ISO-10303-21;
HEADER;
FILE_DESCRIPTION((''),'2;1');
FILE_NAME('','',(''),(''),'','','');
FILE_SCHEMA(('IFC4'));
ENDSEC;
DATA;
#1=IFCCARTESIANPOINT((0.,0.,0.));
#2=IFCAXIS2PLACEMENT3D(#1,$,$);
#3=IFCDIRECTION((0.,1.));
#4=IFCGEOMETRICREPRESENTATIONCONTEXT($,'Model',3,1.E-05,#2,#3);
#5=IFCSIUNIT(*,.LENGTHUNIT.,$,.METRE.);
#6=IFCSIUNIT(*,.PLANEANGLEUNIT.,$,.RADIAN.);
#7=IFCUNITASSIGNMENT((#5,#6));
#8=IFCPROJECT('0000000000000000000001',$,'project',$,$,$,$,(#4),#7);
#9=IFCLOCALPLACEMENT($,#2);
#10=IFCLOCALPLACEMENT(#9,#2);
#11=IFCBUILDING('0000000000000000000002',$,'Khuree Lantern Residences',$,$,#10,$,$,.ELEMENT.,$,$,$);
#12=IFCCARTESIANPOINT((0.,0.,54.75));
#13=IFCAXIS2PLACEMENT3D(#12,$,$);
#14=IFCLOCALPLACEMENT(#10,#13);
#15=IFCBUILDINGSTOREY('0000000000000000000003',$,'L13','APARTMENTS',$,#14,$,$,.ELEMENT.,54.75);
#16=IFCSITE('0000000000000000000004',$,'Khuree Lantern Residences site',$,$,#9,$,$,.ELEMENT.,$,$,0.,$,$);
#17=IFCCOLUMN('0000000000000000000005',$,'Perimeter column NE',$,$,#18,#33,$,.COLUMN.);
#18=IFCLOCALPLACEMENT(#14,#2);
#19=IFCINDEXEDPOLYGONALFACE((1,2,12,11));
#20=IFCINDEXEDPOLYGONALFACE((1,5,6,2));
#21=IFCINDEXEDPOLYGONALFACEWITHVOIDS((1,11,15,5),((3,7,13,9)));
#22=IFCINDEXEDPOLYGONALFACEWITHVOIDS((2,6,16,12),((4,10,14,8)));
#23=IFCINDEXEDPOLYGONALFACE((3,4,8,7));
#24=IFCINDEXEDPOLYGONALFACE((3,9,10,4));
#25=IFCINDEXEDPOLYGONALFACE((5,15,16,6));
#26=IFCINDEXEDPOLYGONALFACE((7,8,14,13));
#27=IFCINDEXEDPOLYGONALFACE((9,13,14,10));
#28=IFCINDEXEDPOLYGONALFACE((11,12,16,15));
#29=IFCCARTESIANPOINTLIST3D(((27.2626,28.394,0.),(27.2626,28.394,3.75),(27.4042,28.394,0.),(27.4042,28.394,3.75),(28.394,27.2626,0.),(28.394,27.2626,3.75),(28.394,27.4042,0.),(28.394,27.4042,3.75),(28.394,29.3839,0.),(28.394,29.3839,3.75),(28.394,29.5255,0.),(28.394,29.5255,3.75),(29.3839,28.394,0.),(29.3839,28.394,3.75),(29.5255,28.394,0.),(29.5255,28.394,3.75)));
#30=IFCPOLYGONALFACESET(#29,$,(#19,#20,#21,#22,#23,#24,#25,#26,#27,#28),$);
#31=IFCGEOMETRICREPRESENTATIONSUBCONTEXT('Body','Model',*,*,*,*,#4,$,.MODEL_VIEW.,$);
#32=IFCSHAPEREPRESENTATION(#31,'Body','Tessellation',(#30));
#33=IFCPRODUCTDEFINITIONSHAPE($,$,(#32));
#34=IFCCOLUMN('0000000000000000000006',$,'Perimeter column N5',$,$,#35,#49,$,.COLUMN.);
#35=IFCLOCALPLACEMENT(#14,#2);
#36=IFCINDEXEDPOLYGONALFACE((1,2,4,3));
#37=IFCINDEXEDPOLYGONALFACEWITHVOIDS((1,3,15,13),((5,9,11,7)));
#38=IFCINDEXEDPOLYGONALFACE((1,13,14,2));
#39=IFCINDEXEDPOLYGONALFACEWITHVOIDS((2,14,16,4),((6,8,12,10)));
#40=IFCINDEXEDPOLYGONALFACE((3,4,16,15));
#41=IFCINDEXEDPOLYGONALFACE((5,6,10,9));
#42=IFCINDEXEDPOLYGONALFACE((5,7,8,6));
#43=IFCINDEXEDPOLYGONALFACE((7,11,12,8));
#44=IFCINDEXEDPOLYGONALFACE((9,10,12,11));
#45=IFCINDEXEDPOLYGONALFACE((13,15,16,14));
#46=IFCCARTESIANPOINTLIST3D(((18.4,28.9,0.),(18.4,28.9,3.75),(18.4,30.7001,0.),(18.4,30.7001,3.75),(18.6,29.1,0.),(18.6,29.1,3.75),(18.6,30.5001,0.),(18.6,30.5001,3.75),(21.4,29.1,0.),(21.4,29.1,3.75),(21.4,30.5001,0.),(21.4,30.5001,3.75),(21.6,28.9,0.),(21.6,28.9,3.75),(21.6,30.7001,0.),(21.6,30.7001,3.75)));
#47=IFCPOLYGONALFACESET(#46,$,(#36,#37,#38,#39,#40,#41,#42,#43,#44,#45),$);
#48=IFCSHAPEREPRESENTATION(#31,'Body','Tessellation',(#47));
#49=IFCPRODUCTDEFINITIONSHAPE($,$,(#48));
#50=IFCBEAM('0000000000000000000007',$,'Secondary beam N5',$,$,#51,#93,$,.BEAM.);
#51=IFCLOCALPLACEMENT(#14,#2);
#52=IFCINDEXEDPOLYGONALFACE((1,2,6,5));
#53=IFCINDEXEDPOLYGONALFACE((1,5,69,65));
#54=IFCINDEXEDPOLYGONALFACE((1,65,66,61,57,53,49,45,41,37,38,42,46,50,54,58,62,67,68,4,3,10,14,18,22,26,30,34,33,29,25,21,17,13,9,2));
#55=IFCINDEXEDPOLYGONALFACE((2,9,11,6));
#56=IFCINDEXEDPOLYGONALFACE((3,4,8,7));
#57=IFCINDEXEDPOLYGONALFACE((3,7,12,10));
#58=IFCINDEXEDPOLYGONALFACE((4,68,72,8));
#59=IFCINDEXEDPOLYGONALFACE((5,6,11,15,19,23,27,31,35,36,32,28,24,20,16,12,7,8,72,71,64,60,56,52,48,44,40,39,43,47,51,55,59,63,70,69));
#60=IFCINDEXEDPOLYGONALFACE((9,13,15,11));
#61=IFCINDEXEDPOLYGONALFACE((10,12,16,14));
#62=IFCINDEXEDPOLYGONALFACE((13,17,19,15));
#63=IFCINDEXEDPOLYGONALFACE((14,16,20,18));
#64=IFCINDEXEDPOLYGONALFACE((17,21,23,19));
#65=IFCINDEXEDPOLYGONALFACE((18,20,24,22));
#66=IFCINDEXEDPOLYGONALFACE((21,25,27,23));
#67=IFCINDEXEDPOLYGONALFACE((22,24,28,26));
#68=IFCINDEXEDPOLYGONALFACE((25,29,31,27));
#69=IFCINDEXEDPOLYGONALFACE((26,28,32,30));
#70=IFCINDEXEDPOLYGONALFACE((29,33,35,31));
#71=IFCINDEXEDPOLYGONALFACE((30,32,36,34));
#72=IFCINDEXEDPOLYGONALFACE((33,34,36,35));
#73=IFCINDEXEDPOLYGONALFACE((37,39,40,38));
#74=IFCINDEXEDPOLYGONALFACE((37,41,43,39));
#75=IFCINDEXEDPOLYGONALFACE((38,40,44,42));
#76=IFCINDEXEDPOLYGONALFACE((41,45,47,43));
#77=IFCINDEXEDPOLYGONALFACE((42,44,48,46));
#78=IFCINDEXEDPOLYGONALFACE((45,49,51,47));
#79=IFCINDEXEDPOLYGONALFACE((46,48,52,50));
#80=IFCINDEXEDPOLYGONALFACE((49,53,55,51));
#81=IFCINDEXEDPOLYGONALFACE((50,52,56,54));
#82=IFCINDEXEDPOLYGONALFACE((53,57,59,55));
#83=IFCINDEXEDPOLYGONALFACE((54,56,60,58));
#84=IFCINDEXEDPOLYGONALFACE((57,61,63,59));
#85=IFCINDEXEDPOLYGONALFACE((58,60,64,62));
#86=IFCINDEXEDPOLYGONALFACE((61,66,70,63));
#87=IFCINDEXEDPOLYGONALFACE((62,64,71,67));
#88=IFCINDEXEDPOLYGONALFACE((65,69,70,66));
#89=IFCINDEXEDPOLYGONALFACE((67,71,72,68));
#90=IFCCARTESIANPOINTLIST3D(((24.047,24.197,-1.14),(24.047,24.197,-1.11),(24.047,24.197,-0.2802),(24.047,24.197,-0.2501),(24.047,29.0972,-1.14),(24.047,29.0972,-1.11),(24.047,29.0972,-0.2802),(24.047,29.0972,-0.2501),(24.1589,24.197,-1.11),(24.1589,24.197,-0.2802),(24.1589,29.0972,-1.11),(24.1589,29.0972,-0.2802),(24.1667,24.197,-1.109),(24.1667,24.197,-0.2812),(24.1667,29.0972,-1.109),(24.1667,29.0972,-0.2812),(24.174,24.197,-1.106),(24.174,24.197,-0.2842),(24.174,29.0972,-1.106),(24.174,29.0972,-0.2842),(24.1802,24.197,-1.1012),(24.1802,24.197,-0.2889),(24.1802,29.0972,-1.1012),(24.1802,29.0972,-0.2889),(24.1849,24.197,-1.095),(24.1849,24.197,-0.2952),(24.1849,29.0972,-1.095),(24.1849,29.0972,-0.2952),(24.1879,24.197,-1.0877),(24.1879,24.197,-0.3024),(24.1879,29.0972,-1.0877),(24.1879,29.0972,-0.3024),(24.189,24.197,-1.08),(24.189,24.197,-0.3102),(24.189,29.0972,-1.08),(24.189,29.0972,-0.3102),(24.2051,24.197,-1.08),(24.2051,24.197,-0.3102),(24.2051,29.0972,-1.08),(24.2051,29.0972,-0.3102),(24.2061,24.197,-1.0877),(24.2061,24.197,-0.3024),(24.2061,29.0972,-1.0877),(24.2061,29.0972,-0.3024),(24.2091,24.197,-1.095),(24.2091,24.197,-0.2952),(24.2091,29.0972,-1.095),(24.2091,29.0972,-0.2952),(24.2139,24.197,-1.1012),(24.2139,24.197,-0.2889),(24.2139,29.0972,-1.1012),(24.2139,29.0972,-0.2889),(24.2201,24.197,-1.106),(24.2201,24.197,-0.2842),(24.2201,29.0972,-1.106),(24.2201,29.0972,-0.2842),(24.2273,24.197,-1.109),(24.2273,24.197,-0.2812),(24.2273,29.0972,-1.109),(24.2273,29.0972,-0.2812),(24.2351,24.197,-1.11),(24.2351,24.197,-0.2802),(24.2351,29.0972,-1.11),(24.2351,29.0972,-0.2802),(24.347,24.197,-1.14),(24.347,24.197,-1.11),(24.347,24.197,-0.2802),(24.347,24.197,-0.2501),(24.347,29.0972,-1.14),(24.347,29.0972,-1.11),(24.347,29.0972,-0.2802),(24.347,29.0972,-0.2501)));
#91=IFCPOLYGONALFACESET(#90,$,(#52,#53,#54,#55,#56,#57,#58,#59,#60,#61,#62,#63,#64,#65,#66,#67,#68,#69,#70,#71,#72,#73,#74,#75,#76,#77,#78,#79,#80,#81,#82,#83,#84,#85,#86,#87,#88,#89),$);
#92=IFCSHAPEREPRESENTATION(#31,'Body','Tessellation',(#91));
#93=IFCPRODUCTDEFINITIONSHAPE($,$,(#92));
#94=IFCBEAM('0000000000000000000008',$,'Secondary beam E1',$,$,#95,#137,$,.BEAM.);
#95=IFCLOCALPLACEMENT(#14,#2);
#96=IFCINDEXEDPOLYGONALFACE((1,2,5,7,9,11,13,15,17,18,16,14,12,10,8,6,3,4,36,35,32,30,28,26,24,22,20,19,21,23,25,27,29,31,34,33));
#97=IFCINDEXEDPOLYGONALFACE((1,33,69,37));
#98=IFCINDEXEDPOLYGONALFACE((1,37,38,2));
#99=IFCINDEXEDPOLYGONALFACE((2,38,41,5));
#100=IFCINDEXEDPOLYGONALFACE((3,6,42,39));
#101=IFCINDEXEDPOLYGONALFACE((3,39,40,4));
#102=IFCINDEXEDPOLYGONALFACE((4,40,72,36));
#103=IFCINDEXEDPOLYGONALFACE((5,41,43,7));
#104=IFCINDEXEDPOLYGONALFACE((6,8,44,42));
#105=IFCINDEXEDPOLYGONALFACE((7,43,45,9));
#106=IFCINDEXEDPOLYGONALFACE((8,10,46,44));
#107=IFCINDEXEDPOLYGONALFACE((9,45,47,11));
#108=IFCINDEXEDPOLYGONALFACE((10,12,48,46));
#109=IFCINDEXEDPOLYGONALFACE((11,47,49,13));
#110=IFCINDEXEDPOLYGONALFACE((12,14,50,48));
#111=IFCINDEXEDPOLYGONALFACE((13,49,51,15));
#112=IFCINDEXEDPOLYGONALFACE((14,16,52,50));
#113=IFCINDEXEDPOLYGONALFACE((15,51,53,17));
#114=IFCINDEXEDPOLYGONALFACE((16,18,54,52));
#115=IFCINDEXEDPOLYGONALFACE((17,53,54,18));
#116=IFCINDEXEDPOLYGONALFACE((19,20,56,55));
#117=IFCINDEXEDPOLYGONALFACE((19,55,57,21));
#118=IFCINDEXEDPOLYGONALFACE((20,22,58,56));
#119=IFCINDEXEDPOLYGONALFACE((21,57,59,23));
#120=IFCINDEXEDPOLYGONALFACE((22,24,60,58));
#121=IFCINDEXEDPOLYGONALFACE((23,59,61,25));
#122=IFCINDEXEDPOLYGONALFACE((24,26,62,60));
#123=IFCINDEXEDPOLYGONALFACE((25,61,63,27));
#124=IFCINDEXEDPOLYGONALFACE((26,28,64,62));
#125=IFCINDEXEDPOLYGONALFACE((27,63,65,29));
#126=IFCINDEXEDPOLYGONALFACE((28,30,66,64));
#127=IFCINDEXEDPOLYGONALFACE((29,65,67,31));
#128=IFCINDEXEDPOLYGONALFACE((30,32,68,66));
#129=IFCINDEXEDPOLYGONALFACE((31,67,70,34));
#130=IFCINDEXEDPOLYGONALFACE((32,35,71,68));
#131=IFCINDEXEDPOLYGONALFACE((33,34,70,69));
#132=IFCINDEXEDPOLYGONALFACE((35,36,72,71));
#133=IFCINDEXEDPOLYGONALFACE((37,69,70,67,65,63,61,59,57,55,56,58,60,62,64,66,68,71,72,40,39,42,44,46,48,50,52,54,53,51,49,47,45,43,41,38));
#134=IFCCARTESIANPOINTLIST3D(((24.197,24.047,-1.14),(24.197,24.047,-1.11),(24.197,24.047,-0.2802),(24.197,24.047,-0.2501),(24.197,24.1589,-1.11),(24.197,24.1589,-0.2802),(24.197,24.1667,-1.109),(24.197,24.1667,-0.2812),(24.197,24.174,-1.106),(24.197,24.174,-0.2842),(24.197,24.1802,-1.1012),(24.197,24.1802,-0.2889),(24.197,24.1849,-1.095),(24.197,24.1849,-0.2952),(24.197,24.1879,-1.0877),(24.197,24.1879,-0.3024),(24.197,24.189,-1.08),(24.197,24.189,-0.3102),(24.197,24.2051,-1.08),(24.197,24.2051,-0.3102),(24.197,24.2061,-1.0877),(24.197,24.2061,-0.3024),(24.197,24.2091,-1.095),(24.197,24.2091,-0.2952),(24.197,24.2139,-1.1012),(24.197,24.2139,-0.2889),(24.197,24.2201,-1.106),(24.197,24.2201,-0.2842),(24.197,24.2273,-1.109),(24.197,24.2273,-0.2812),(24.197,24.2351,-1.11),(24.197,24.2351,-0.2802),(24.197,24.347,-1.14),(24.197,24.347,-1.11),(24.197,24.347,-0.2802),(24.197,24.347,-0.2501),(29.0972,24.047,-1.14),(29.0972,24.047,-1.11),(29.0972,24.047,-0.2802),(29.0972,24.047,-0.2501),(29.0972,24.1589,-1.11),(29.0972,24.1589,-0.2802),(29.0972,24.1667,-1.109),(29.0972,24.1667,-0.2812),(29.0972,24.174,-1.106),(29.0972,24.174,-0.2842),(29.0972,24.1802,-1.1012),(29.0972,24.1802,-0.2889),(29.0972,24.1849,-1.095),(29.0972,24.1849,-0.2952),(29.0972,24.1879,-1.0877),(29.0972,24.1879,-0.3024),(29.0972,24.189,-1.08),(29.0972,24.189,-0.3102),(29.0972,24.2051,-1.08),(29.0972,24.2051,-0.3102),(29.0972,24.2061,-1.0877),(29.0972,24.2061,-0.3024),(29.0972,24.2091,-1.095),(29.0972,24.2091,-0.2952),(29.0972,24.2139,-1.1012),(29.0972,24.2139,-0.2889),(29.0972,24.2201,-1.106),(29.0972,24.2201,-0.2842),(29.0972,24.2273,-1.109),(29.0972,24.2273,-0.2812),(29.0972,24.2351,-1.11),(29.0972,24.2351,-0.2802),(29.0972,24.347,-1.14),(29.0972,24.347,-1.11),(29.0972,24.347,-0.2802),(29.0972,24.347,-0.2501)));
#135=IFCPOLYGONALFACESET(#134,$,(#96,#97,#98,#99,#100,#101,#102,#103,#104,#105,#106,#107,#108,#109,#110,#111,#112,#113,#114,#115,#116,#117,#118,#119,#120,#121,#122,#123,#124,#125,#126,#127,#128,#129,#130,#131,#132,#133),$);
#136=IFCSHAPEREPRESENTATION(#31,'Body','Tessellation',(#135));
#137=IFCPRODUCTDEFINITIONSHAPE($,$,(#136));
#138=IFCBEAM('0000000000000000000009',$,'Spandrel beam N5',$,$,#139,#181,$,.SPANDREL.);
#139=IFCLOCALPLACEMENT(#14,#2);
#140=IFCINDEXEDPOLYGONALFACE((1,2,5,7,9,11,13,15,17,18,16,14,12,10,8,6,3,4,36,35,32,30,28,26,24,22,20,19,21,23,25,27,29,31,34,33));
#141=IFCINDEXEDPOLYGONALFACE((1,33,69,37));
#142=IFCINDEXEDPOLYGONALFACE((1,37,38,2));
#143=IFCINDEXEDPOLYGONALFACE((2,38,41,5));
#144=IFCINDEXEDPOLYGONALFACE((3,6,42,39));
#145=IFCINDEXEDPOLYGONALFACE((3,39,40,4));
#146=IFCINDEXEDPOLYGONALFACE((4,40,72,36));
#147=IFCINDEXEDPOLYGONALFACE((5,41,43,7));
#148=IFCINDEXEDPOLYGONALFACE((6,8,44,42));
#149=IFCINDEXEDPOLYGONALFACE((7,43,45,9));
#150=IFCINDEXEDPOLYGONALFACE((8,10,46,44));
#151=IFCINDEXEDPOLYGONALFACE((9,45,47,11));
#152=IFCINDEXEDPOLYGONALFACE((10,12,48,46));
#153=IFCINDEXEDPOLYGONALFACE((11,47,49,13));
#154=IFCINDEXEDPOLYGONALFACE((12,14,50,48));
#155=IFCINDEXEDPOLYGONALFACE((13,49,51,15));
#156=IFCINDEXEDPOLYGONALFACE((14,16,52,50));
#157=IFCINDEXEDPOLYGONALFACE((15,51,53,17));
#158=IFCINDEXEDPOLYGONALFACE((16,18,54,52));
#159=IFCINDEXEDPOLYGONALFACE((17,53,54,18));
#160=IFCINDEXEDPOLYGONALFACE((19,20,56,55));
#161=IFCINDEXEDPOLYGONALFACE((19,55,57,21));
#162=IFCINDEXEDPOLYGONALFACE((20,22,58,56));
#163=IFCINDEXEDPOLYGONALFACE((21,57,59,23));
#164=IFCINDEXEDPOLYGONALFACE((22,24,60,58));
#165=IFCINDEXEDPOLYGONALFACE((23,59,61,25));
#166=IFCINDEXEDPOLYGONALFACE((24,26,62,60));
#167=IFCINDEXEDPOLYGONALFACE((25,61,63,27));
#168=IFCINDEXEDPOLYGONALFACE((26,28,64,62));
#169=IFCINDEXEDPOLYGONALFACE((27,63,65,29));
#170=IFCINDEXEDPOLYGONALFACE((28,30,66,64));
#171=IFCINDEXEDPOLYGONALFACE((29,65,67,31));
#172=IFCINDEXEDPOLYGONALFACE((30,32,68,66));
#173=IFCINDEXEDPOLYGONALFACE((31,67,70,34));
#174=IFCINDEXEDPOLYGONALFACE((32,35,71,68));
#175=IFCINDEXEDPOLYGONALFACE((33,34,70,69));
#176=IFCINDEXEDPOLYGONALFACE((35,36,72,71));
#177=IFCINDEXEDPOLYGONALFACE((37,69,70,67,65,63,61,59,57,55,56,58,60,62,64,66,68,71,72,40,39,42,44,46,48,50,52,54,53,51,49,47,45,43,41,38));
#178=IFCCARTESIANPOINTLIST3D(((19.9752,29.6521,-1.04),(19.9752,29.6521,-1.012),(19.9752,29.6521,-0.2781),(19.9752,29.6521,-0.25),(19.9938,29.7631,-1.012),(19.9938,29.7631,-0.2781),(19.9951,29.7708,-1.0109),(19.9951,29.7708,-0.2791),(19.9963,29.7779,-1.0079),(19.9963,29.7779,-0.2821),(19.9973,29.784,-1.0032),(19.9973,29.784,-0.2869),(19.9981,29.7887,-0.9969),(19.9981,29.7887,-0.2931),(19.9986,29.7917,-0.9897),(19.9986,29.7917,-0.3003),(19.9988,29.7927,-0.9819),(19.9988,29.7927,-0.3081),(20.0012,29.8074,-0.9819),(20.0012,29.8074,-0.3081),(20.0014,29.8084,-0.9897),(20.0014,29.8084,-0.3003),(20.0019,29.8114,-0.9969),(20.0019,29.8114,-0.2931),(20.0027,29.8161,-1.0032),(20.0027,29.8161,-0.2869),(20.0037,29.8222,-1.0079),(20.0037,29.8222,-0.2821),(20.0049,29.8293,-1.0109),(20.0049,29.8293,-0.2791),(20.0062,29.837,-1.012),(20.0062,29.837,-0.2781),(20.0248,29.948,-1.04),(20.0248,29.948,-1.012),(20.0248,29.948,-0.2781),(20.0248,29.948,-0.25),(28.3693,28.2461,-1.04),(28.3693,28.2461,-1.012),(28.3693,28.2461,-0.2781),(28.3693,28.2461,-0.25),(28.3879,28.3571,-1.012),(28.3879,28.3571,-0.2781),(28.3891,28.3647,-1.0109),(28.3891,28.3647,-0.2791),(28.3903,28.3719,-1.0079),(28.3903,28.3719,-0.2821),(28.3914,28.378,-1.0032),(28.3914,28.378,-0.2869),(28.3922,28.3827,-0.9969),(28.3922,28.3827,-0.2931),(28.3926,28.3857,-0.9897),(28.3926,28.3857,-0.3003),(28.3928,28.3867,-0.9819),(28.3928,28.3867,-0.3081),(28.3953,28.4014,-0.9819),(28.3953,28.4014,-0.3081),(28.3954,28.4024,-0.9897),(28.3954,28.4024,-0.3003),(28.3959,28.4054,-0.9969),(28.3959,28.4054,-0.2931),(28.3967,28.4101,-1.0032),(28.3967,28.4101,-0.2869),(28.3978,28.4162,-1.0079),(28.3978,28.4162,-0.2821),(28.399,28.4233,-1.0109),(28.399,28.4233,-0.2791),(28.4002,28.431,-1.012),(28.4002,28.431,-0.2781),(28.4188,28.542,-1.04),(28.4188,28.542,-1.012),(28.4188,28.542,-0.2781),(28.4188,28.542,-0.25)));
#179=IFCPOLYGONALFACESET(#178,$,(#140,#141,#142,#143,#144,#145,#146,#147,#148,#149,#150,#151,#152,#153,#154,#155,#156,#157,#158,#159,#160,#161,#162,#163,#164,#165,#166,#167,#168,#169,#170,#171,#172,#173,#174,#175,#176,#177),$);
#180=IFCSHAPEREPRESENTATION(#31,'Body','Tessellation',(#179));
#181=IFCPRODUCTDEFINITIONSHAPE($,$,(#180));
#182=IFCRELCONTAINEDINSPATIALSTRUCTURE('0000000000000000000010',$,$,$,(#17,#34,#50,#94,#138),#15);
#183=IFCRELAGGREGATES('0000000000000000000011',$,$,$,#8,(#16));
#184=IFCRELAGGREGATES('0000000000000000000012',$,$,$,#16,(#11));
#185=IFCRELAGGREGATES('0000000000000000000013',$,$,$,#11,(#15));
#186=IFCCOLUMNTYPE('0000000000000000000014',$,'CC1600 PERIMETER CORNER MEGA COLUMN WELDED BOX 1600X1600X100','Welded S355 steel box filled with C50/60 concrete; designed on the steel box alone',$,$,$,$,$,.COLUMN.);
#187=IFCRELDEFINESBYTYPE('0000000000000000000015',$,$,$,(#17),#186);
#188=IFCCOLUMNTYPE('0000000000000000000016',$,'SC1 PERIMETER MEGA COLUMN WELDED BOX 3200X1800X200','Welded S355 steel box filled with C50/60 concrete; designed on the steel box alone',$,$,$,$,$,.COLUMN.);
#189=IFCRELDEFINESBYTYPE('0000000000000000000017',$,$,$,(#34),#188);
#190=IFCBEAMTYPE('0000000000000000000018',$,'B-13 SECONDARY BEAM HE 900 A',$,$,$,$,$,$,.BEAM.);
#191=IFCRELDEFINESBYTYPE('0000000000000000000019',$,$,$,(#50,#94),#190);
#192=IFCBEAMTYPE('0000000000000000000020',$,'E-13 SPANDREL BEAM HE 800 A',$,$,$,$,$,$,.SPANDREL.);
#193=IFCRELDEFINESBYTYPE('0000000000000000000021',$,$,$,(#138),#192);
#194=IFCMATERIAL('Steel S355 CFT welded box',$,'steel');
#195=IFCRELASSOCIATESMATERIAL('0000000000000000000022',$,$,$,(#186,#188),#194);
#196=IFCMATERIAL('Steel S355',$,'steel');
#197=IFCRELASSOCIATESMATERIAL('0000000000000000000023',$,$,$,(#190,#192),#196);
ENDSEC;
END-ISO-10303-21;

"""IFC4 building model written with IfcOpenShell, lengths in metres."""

from ifc_helpers import new_model, si_unit, direction, frame, origin, origin_2d, place, context, subcontext, project, spatial, hollow_rectangle, i_section, extrude, material, material_profile, profile_set, type_object, element, save


model = new_model("IFC4")

# Units and contexts
model_context = context("Model", 3, precision=1e-05, world=origin(), true_north=direction((0.0, 1.0)))
body_context = subcontext(model_context, "Body", "Model", "MODEL_VIEW")
ifc_project = project(units=[si_unit("LENGTHUNIT", "METRE"), si_unit("PLANEANGLEUNIT", "RADIAN")], contexts=[model_context])

# Site, building, storey
site_placement = place(None, origin())
site = spatial("IfcSite", under=ifc_project, at=site_placement, Name="Khuree Lantern Residences site", CompositionType="ELEMENT", RefElevation=0.0)
building_placement = place(site_placement, origin())
building = spatial("IfcBuilding", under=site, at=building_placement, Name="Khuree Lantern Residences", CompositionType="ELEMENT")
storey_placement = place(building_placement, frame((0.0, 0.0, 54.75)))
storey = spatial("IfcBuildingStorey", under=building, at=storey_placement, Name="L13", Description="APARTMENTS", CompositionType="ELEMENT", Elevation=54.75)

# Columns
ifc_material_1 = material(Name="Steel S355 CFT welded box", Category="steel")
ifc_material_profile_1 = material_profile(ifc_material_1, hollow_rectangle(XDim=1.6001, YDim=1.6001, WallThickness=0.1001, at=origin_2d()), Name="WELDED BOX 1600X1600X100")
ifc_profile_set_1 = profile_set([ifc_material_profile_1], Name="Steel S355 CFT welded box")
column_type_1 = type_object("IfcColumnType", Name="CC1600 PERIMETER CORNER MEGA COLUMN WELDED BOX 1600X1600X100", Description="Welded S355 steel box filled with C50/60 concrete; designed on the steel box alone", PredefinedType="COLUMN", material=ifc_profile_set_1)
column_1_placement = place(storey_placement, frame((28.394, 28.394, 0.0), z_axis=(0.0, 0.0, 1.0), x_axis=(0.707107, -0.707107, 0.0)))
element("IfcColumn", 1, at=column_1_placement, inside=storey, type_object=column_type_1, Name="Perimeter column NE", PredefinedType="COLUMN", context=body_context, shape_type="SweptSolid", body=[
    extrude(hollow_rectangle(XDim=1.6001, YDim=1.6001, WallThickness=0.1001, at=origin_2d()), origin(), (0.0, 0.0, 1.0), 3.75),
])
ifc_material_profile_2 = material_profile(ifc_material_1, hollow_rectangle(XDim=3.2, YDim=1.8, WallThickness=0.2, at=origin_2d()), Name="WELDED BOX 3200X1800X200")
ifc_profile_set_2 = profile_set([ifc_material_profile_2], Name="Steel S355 CFT welded box")
column_type_2 = type_object("IfcColumnType", Name="SC1 PERIMETER MEGA COLUMN WELDED BOX 3200X1800X200", Description="Welded S355 steel box filled with C50/60 concrete; designed on the steel box alone", PredefinedType="COLUMN", material=ifc_profile_set_2)
column_2_placement = place(storey_placement, frame((20.0, 29.8, 0.0), z_axis=(0.0, 0.0, 1.0), x_axis=(1.0, 0.0, 0.0)))
element("IfcColumn", 2, at=column_2_placement, inside=storey, type_object=column_type_2, Name="Perimeter column N5", PredefinedType="COLUMN", context=body_context, shape_type="SweptSolid", body=[
    extrude(hollow_rectangle(XDim=3.2, YDim=1.8, WallThickness=0.2, at=origin_2d()), origin(), (0.0, 0.0, 1.0), 3.75),
])

# Beams
ifc_material_2 = material(Name="Steel S355", Category="steel")
ifc_material_profile_3 = material_profile(ifc_material_2, i_section(OverallWidth=0.3, OverallDepth=0.8899, WebThickness=0.0161, FlangeThickness=0.03, FilletRadius=0.03, at=origin_2d()), Name="HE 900 A")
ifc_profile_set_3 = profile_set([ifc_material_profile_3], Name="Steel S355")
beam_type_1 = type_object("IfcBeamType", Name="B-13 SECONDARY BEAM HE 900 A", PredefinedType="BEAM", material=ifc_profile_set_3)
for number, where, z_axis, x_axis, name in (
    (3, (24.197, 29.0972, -0.6951), (0.0, -1.0, 0.0), (1.0, 0.0, 0.0), "Secondary beam N5"),
    (4, (29.0972, 24.197, -0.6951), (-1.0, 0.0, 0.0), (0.0, -1.0, 0.0), "Secondary beam E1"),
):
    element("IfcBeam", number, at=place(storey_placement, frame(where, z_axis=z_axis, x_axis=x_axis)), inside=storey, type_object=beam_type_1, Name=name, PredefinedType="BEAM", context=body_context, shape_type="SweptSolid", body=[
        extrude(i_section(OverallWidth=0.3, OverallDepth=0.8899, WebThickness=0.0161, FlangeThickness=0.03, FilletRadius=0.03, at=origin_2d()), origin(), (0.0, 0.0, 1.0), 4.9001),
    ])
ifc_material_profile_4 = material_profile(ifc_material_2, i_section(OverallWidth=0.3, OverallDepth=0.79, WebThickness=0.0149, FlangeThickness=0.0281, FilletRadius=0.03, at=origin_2d()), Name="HE 800 A")
ifc_profile_set_4 = profile_set([ifc_material_profile_4], Name="Steel S355")
beam_type_2 = type_object("IfcBeamType", Name="E-13 SPANDREL BEAM HE 800 A", PredefinedType="SPANDREL", material=ifc_profile_set_4)
for number, where, z_axis, x_axis, name in (
    (5, (20.0, 29.8, -0.645), (0.98626, -0.165199, 0.0), (0.165199, 0.98626, 0.0), "Spandrel beam N5"),
):
    element("IfcBeam", number, at=place(storey_placement, frame(where, z_axis=z_axis, x_axis=x_axis)), inside=storey, type_object=beam_type_2, Name=name, PredefinedType="SPANDREL", context=body_context, shape_type="SweptSolid", body=[
        extrude(i_section(OverallWidth=0.3, OverallDepth=0.79, WebThickness=0.0149, FlangeThickness=0.0281, FilletRadius=0.03, at=origin_2d()), origin(), (0.0, 0.0, 1.0), 8.511),
    ])

save(model, "model.ifc")
